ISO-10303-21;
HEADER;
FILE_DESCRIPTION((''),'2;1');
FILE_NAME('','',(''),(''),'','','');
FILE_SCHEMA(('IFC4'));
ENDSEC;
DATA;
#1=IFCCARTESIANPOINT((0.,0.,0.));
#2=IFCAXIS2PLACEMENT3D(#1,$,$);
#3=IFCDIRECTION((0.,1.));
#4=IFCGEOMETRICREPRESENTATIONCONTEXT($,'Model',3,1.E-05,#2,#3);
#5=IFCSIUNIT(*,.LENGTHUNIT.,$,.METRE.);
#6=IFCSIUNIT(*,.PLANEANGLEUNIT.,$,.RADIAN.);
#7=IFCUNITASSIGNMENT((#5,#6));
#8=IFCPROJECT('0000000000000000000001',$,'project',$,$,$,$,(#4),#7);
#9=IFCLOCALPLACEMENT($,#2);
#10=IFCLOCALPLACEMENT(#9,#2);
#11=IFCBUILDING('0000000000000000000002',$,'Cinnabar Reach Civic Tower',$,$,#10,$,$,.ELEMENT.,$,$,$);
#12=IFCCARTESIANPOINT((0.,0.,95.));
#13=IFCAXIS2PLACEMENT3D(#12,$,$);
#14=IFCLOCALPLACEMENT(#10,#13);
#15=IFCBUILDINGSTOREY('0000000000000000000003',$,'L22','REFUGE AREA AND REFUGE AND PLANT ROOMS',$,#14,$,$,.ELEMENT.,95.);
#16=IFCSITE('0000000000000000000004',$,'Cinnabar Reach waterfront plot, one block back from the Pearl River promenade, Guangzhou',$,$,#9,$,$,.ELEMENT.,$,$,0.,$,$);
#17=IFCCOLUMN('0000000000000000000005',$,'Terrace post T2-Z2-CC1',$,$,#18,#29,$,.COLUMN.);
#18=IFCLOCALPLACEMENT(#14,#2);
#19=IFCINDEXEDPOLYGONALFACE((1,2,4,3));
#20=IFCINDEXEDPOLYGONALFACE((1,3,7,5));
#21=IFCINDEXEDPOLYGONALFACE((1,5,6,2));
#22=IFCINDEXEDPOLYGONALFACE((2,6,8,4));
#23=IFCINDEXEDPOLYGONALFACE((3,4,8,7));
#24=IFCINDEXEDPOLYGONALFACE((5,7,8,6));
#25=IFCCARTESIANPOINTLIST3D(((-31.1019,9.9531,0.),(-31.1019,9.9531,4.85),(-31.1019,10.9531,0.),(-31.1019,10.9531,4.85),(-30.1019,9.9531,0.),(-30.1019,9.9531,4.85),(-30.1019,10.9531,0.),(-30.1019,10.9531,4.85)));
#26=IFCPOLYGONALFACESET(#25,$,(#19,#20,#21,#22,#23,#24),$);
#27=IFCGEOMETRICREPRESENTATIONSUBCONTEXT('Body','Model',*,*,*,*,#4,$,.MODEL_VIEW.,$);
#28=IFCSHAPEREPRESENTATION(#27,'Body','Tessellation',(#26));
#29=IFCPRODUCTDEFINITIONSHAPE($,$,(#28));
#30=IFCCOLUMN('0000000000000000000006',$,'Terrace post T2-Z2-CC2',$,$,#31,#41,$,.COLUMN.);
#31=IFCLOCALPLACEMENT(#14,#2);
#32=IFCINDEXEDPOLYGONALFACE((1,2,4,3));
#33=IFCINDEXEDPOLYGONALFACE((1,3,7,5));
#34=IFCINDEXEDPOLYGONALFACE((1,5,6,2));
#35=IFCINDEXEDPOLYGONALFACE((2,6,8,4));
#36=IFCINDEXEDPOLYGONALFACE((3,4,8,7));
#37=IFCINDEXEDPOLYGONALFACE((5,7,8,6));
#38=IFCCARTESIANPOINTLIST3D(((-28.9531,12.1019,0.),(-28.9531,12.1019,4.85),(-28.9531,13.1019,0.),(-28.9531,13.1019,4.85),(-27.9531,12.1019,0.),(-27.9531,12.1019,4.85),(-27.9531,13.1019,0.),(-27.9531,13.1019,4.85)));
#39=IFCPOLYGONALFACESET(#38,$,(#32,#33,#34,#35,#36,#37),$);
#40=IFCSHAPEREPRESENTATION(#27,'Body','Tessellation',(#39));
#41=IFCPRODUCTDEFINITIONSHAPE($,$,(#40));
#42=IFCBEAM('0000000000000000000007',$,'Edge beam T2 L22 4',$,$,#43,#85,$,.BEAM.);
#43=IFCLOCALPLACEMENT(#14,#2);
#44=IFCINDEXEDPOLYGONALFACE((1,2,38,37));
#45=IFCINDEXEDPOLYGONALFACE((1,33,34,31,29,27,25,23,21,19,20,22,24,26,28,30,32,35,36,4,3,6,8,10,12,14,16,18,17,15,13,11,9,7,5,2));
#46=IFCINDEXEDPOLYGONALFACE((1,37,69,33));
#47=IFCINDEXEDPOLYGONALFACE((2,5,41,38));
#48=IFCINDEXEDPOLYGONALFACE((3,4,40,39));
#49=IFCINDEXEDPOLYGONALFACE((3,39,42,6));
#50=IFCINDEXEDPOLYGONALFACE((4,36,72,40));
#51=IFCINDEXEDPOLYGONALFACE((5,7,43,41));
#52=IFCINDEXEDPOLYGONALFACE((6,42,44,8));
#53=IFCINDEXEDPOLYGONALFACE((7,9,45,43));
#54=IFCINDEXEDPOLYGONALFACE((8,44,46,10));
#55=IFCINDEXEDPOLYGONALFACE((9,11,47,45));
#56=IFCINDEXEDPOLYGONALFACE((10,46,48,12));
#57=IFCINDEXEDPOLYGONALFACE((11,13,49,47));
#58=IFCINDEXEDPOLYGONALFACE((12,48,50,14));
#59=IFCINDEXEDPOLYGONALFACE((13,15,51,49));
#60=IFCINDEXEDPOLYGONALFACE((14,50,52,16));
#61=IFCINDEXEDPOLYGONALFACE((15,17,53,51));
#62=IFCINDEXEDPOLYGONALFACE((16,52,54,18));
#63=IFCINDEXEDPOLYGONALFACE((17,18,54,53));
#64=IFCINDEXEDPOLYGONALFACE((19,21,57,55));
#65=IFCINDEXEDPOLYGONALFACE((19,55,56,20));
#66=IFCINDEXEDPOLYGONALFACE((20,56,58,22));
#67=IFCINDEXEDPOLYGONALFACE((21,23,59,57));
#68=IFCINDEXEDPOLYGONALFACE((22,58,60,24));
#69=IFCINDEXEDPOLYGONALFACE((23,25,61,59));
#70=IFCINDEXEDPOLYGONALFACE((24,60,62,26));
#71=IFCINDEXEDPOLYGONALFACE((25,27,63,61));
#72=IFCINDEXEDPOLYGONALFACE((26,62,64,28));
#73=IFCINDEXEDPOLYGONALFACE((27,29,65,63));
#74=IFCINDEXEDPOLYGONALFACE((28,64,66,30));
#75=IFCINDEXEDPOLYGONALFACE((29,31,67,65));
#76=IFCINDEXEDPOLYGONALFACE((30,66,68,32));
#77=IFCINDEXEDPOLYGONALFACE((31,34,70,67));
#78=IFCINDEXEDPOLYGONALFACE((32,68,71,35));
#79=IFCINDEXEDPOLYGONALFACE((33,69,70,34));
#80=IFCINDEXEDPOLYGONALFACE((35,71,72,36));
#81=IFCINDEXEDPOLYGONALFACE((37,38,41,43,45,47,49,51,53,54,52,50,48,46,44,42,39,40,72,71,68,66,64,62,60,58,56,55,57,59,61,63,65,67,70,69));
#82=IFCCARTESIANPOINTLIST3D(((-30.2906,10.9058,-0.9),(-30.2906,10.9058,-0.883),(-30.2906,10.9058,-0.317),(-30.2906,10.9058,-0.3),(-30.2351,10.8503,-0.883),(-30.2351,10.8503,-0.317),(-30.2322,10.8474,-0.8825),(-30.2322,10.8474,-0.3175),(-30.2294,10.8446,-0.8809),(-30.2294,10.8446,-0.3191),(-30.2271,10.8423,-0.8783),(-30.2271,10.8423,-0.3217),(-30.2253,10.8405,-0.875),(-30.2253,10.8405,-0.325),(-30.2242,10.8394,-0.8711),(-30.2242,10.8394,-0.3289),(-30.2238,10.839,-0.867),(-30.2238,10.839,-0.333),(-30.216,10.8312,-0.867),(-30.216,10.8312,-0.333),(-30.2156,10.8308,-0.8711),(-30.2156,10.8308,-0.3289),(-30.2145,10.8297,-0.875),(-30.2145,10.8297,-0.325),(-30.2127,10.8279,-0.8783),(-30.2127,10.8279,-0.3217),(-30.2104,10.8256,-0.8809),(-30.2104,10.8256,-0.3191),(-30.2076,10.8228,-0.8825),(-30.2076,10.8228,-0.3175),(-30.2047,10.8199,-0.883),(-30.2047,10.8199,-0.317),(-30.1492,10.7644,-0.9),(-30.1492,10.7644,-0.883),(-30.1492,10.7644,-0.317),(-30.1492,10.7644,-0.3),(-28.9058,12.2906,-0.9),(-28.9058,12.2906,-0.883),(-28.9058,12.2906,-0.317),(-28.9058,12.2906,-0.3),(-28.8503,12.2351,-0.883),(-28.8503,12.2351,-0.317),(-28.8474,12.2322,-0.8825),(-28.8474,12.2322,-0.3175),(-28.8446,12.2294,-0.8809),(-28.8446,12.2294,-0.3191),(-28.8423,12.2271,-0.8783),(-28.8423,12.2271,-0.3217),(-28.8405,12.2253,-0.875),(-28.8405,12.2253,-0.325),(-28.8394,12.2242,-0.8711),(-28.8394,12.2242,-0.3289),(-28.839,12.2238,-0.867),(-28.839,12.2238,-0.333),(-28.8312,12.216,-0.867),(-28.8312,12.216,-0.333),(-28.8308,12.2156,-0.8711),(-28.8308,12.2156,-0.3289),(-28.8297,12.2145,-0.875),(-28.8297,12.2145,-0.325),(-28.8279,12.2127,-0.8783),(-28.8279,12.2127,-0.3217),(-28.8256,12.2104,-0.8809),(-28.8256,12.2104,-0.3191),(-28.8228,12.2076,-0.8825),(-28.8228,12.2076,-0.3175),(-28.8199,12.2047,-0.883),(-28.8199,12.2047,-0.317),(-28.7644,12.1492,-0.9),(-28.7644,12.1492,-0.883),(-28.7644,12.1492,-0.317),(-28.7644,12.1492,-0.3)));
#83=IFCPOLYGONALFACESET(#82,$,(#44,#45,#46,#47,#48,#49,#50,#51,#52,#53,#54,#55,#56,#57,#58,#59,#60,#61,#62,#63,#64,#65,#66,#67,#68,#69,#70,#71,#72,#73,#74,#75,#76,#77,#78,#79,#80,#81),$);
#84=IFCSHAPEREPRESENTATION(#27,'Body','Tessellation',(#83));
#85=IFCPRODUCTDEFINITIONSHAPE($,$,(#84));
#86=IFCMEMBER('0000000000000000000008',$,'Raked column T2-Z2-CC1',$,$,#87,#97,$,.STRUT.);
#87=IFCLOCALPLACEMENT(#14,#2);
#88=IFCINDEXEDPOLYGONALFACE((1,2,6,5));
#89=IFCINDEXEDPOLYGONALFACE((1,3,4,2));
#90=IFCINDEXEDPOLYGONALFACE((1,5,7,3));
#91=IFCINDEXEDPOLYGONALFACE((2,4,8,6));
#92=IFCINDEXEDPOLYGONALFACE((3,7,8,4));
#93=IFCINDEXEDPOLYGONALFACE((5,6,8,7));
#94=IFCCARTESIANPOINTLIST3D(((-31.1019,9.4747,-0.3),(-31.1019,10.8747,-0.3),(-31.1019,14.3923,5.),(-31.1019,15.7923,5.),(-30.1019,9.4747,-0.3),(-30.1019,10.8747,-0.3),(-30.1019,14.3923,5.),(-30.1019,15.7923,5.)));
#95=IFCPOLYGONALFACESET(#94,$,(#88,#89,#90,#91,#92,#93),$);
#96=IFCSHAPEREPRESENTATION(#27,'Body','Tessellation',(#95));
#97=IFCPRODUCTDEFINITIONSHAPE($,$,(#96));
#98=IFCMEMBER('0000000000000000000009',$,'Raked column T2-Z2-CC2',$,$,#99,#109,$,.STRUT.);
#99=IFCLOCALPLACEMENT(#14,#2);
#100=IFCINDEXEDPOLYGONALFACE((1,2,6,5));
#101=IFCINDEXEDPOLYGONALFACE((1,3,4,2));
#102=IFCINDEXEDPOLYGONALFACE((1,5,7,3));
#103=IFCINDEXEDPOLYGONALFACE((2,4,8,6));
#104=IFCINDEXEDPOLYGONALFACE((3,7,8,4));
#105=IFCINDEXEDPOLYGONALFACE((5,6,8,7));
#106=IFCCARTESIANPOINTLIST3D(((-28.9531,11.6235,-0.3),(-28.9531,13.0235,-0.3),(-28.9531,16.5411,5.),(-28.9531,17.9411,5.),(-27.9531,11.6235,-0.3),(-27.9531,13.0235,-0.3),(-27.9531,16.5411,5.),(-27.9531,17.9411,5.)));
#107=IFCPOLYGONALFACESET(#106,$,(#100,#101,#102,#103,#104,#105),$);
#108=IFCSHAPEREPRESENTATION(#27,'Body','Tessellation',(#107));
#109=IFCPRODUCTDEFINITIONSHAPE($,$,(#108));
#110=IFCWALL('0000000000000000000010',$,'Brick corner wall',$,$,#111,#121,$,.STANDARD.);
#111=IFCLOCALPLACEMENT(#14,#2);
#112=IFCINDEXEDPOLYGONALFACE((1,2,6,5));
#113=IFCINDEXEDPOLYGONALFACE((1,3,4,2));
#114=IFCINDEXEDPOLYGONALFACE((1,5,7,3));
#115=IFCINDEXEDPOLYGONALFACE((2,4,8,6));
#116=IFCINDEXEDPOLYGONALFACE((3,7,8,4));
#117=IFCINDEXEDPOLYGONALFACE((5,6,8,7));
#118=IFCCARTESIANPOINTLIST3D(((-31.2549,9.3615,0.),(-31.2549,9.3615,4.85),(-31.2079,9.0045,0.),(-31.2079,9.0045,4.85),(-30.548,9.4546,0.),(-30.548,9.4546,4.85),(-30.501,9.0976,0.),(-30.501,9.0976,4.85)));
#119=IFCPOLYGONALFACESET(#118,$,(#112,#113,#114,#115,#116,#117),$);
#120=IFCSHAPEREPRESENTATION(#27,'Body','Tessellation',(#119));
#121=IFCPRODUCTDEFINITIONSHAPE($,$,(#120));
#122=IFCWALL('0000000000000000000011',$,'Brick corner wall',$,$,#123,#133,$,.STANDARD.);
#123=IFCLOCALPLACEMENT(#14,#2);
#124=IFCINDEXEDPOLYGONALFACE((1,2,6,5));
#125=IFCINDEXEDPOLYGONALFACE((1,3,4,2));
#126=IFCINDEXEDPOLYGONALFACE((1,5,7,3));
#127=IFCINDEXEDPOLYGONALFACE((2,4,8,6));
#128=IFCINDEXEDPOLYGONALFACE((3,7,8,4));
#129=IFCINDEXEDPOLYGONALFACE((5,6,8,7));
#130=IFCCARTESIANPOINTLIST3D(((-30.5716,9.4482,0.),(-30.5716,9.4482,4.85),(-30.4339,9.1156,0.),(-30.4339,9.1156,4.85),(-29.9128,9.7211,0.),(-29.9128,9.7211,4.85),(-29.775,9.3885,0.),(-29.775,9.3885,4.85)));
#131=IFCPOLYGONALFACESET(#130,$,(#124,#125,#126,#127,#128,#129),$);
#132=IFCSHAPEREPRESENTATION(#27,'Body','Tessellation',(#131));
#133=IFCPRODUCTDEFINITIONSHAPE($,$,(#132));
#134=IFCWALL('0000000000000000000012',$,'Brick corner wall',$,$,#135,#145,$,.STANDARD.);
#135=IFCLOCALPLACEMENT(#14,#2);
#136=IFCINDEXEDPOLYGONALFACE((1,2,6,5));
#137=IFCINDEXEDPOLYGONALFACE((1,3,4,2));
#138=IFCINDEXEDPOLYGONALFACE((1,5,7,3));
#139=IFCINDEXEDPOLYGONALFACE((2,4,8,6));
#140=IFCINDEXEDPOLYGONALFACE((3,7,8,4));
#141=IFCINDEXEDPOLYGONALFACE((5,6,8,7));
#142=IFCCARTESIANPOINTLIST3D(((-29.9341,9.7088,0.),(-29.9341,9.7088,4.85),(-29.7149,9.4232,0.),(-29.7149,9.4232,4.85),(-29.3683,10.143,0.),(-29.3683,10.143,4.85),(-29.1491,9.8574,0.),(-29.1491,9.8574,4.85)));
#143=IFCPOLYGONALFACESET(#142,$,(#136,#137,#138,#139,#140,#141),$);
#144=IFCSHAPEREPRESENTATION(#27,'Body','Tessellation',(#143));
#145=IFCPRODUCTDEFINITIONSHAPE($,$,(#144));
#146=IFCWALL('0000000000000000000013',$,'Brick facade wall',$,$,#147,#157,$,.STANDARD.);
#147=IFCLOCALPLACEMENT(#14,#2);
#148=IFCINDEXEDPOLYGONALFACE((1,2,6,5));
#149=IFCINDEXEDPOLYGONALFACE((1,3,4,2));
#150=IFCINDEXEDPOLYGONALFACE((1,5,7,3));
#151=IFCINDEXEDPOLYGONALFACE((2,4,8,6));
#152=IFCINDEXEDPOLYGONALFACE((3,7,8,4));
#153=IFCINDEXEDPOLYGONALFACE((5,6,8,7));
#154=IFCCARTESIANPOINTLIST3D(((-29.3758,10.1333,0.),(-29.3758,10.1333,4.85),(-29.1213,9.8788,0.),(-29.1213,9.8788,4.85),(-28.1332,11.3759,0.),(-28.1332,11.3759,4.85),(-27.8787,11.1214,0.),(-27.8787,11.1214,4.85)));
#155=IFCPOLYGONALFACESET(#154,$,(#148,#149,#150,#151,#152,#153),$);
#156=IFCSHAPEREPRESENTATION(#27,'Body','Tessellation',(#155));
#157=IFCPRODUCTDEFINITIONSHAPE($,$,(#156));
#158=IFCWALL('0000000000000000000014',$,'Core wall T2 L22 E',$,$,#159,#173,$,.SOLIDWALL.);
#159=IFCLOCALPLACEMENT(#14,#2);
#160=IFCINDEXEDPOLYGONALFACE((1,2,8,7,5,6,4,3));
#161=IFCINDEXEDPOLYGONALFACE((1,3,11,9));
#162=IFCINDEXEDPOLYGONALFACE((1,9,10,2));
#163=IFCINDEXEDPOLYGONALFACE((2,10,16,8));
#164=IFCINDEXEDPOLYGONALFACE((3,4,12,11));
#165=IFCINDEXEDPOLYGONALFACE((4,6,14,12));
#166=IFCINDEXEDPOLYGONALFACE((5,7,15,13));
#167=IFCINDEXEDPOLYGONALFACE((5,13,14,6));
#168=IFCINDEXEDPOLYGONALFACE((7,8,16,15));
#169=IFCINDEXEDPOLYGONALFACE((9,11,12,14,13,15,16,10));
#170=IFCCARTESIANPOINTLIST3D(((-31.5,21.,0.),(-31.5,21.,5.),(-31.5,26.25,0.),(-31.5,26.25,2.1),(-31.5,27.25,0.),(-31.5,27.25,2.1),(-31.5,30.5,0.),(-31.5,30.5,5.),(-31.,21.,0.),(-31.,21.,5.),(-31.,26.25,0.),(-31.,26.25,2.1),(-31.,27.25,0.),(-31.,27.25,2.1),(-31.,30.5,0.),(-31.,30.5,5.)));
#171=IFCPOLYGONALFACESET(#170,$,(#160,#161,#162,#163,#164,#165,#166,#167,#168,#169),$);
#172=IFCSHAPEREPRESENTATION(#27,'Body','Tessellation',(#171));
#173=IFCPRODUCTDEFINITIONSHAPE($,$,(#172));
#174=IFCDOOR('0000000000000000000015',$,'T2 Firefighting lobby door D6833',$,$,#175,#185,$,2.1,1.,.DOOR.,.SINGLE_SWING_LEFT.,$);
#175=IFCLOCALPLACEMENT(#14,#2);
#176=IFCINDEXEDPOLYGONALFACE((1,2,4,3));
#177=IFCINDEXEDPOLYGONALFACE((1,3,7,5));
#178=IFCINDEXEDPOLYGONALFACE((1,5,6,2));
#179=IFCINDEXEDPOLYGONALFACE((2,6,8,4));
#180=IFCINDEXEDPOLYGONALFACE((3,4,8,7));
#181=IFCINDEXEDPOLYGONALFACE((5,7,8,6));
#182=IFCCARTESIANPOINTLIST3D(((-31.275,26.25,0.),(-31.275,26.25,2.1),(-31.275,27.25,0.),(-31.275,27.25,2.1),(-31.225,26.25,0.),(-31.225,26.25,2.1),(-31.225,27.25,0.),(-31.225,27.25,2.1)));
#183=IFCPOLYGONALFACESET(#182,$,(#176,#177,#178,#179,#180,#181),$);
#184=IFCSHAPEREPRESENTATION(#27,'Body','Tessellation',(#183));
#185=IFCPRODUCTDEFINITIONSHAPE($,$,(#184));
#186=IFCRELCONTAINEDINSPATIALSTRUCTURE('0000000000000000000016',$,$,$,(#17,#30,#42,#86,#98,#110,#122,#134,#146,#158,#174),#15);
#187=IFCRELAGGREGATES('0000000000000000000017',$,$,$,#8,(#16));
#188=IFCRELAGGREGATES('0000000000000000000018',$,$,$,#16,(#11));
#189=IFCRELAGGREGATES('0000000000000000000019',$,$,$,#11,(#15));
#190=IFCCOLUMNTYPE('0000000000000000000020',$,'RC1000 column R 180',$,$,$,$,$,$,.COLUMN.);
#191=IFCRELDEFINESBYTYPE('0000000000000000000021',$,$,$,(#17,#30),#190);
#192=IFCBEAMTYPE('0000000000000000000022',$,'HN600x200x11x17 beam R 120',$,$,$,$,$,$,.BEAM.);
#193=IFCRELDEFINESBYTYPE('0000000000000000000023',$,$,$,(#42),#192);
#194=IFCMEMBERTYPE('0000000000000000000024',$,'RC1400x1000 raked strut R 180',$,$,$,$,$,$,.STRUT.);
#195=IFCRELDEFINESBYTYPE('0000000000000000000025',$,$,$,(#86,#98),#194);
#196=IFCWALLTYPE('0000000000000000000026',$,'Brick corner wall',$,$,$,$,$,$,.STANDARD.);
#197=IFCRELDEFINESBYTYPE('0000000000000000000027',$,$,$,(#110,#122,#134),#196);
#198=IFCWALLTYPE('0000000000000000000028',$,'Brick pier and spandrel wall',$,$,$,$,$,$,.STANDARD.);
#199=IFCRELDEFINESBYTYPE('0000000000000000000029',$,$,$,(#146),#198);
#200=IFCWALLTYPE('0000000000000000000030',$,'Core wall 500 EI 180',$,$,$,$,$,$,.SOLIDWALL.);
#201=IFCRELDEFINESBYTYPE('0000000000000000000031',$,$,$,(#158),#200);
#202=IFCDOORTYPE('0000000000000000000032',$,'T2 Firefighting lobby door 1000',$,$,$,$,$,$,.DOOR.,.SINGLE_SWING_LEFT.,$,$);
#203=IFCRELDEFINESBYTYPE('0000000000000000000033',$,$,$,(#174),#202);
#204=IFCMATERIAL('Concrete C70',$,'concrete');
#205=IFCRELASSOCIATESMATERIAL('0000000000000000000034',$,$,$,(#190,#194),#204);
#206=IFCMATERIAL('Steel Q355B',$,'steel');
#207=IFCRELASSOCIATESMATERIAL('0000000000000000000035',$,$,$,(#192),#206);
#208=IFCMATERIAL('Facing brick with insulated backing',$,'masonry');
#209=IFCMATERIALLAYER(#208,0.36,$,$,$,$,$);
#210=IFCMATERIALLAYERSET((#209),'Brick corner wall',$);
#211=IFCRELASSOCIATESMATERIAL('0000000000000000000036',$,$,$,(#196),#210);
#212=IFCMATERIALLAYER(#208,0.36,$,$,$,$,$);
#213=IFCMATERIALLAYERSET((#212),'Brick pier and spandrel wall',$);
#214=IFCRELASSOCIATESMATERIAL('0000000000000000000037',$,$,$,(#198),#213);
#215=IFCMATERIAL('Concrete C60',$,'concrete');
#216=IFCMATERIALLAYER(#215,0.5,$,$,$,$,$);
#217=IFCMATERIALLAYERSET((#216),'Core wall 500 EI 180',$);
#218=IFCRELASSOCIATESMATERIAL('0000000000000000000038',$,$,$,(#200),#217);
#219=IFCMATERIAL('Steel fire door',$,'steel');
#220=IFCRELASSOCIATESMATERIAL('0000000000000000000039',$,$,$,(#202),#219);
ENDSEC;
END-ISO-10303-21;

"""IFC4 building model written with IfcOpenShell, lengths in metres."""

from ifc_helpers import new_model, si_unit, direction, frame, frame_2d, origin, origin_2d, place, context, subcontext, project, spatial, rectangle, i_section, extrude, material, layer, layer_set, material_profile, profile_set, type_object, element, fill, save


model = new_model("IFC4")

# Units and contexts
model_context = context("Model", 3, precision=1e-05, world=origin(), true_north=direction((0.0, 1.0)))
body_context = subcontext(model_context, "Body", "Model", "MODEL_VIEW")
ifc_project = project(units=[si_unit("LENGTHUNIT", "METRE"), si_unit("PLANEANGLEUNIT", "RADIAN")], contexts=[model_context])

# Site, building, storey
site_placement = place(None, origin())
site = spatial("IfcSite", under=ifc_project, at=site_placement, Name="Cinnabar Reach waterfront plot, one block back from the Pearl River promenade, Guangzhou", CompositionType="ELEMENT", RefElevation=0.0)
building_placement = place(site_placement, origin())
building = spatial("IfcBuilding", under=site, at=building_placement, Name="Cinnabar Reach Civic Tower", CompositionType="ELEMENT")
storey_placement = place(building_placement, frame((0.0, 0.0, 95.0)))
storey = spatial("IfcBuildingStorey", under=building, at=storey_placement, Name="L22", Description="REFUGE AREA AND REFUGE AND PLANT ROOMS", CompositionType="ELEMENT", Elevation=95.0)

# Columns
ifc_material_1 = material(Name="Concrete C70", Category="concrete")
ifc_material_profile_1 = material_profile(ifc_material_1, rectangle(XDim=1.0, YDim=1.0, at=origin_2d()), Name="RC1000")
ifc_profile_set_1 = profile_set([ifc_material_profile_1], Name="Concrete C70")
column_type = type_object("IfcColumnType", Name="RC1000 column R 180", PredefinedType="COLUMN", material=ifc_profile_set_1)
for number, where, z_axis, x_axis, name in (
    (1, (-30.6019, 10.4531, 0.0), (0.0, 0.0, 1.0), (1.0, 0.0, 0.0), "Terrace post T2-Z2-CC1"),
    (2, (-28.4531, 12.6019, 0.0), (0.0, 0.0, 1.0), (1.0, 0.0, 0.0), "Terrace post T2-Z2-CC2"),
):
    element("IfcColumn", number, at=place(storey_placement, frame(where, z_axis=z_axis, x_axis=x_axis)), inside=storey, type_object=column_type, Name=name, PredefinedType="COLUMN", context=body_context, shape_type="SweptSolid", body=[
        extrude(rectangle(XDim=1.0, YDim=1.0, at=origin_2d()), origin(), (0.0, 0.0, 1.0), 4.85),
    ])

# Beam
ifc_material_2 = material(Name="Steel Q355B", Category="steel")
ifc_material_profile_2 = material_profile(ifc_material_2, i_section(OverallWidth=0.2, OverallDepth=0.6, WebThickness=0.011, FlangeThickness=0.017, FilletRadius=0.016, at=origin_2d()), Name="HN600x200x11x17")
ifc_profile_set_2 = profile_set([ifc_material_profile_2], Name="Steel Q355B")
beam_type = type_object("IfcBeamType", Name="HN600x200x11x17 beam R 120", PredefinedType="BEAM", material=ifc_profile_set_2)
beam_placement = place(storey_placement, frame((-30.2199, 10.8351, -0.6), z_axis=(0.707107, 0.707107, 0.0), x_axis=(-0.707107, 0.707107, 0.0)))
element("IfcBeam", 3, at=beam_placement, inside=storey, type_object=beam_type, Name="Edge beam T2 L22 4", PredefinedType="BEAM", context=body_context, shape_type="SweptSolid", body=[
    extrude(i_section(OverallWidth=0.2, OverallDepth=0.6, WebThickness=0.011, FlangeThickness=0.017, FilletRadius=0.016, at=origin_2d()), origin(), (0.0, 0.0, 1.0), 1.9584),
])

# Members
ifc_material_profile_3 = material_profile(ifc_material_1, rectangle(XDim=1.4, YDim=1.0, at=origin_2d()), Name="RC1400x1000")
ifc_profile_set_3 = profile_set([ifc_material_profile_3], Name="Concrete C70")
member_type = type_object("IfcMemberType", Name="RC1400x1000 raked strut R 180", PredefinedType="STRUT", material=ifc_profile_set_3)
for number, where, z_axis, x_axis, name in (
    (4, (-30.6019, 10.1747, -0.3), (0.0, 0.0, 1.0), (0.0, 1.0, 0.0), "Raked column T2-Z2-CC1"),
    (5, (-28.4531, 12.3235, -0.3), (0.0, 0.0, 1.0), (0.0, 1.0, 0.0), "Raked column T2-Z2-CC2"),
):
    element("IfcMember", number, at=place(storey_placement, frame(where, z_axis=z_axis, x_axis=x_axis)), inside=storey, type_object=member_type, Name=name, PredefinedType="STRUT", context=body_context, shape_type="SweptSolid", body=[
        extrude(rectangle(XDim=1.4, YDim=1.0, at=origin_2d()), origin(), (0.680167, 0.0, 0.733057), 7.23),
    ])

# Walls
ifc_material_3 = material(Name="Facing brick with insulated backing", Category="masonry")
ifc_layer_1 = layer(ifc_material_3, 0.36)
ifc_layer_set_1 = layer_set([ifc_layer_1], Name="Brick corner wall")
wall_type_1 = type_object("IfcWallType", Name="Brick corner wall", PredefinedType="STANDARD", material=ifc_layer_set_1)
for number, where, z_axis, x_axis, name in (
    (6, (-31.2314, 9.183, 0.0), (0.0, 0.0, 1.0), (0.991441, 0.130556, 0.0), "Brick corner wall"),
    (7, (-30.5027, 9.2819, 0.0), (0.0, 0.0, 1.0), (0.923872, 0.382703, 0.0), "Brick corner wall"),
):
    element("IfcWall", number, at=place(storey_placement, frame(where, z_axis=z_axis, x_axis=x_axis)), inside=storey, type_object=wall_type_1, Name=name, PredefinedType="STANDARD", context=body_context, shape_type="SweptSolid", body=[
        extrude(rectangle(XDim=0.7131, YDim=0.36, at=frame_2d((0.3565, 0.0))), origin(), (0.0, 0.0, 1.0), 4.85),
    ])
wall_1_placement = place(storey_placement, frame((-29.8245, 9.566, 0.0), z_axis=(0.0, 0.0, 1.0), x_axis=(0.793322, 0.608802, 0.0)))
element("IfcWall", 8, at=wall_1_placement, inside=storey, type_object=wall_type_1, Name="Brick corner wall", PredefinedType="STANDARD", context=body_context, shape_type="SweptSolid", body=[
    extrude(rectangle(XDim=0.7132, YDim=0.36, at=frame_2d((0.3566, 0.0))), origin(), (0.0, 0.0, 1.0), 4.85),
])
ifc_layer_2 = layer(ifc_material_3, 0.36)
ifc_layer_set_2 = layer_set([ifc_layer_2], Name="Brick pier and spandrel wall")
wall_type_2 = type_object("IfcWallType", Name="Brick pier and spandrel wall", PredefinedType="STANDARD", material=ifc_layer_set_2)
wall_2_placement = place(storey_placement, frame((-29.2486, 10.006, 0.0), z_axis=(0.0, 0.0, 1.0), x_axis=(0.707107, 0.707107, 0.0)))
element("IfcWall", 9, at=wall_2_placement, inside=storey, type_object=wall_type_2, Name="Brick facade wall", PredefinedType="STANDARD", context=body_context, shape_type="SweptSolid", body=[
    extrude(rectangle(XDim=1.7573, YDim=0.36, at=frame_2d((0.8787, 0.0))), origin(), (0.0, 0.0, 1.0), 4.85),
])

# Wall, opening, door
ifc_material_4 = material(Name="Concrete C60", Category="concrete")
ifc_layer_3 = layer(ifc_material_4, 0.5)
ifc_layer_set_3 = layer_set([ifc_layer_3], Name="Core wall 500 EI 180")
wall_type_3 = type_object("IfcWallType", Name="Core wall 500 EI 180", PredefinedType="SOLIDWALL", material=ifc_layer_set_3)
wall_3_placement = place(storey_placement, frame((-31.25, 21.0, 0.0), z_axis=(0.0, 0.0, 1.0), x_axis=(0.0, 1.0, 0.0)))
wall_3 = element("IfcWall", 10, at=wall_3_placement, inside=storey, type_object=wall_type_3, Name="Core wall T2 L22 E", PredefinedType="SOLIDWALL", context=body_context, shape_type="SweptSolid", body=[
    extrude(rectangle(XDim=9.5, YDim=0.5, at=frame_2d((4.75, 0.0))), origin(), (0.0, 0.0, 1.0), 5.0),
])
opening_placement = place(wall_3_placement, frame((5.25, 0.0, 0.0)))
opening = element("IfcOpeningElement", 11, at=opening_placement, cuts=wall_3, PredefinedType="OPENING", context=body_context, shape_type="SweptSolid", body=[
    extrude(rectangle(XDim=1.0, YDim=2.1, at=frame_2d((0.5, 1.05))), frame((0.0, 0.26, 0.0), z_axis=(0.0, -1.0, 0.0), x_axis=(1.0, 0.0, 0.0)), (0.0, 0.0, 1.0), 0.52),
])
ifc_material_5 = material(Name="Steel fire door", Category="steel")
door_type = type_object("IfcDoorType", Name="T2 Firefighting lobby door 1000", OperationType="SINGLE_SWING_LEFT", PredefinedType="DOOR", material=ifc_material_5)
door_placement = place(opening_placement, frame((1.0, 0.0, 0.0), z_axis=(0.0, 0.0, 1.0), x_axis=(-1.0, 0.0, 0.0)))
door = element("IfcDoor", 12, at=door_placement, inside=storey, type_object=door_type, Name="T2 Firefighting lobby door D6833", OperationType="SINGLE_SWING_LEFT", OverallHeight=2.1, OverallWidth=1.0, PredefinedType="DOOR", context=body_context, shape_type="SweptSolid", body=[
    extrude(rectangle(XDim=1.0, YDim=2.1, at=frame_2d((0.5, 1.05))), frame((0.0, 0.025, 0.0), z_axis=(0.0, -1.0, 0.0), x_axis=(1.0, 0.0, 0.0)), (0.0, 0.0, 1.0), 0.05),
])
fill(opening, door)

save(model, "model.ifc")
